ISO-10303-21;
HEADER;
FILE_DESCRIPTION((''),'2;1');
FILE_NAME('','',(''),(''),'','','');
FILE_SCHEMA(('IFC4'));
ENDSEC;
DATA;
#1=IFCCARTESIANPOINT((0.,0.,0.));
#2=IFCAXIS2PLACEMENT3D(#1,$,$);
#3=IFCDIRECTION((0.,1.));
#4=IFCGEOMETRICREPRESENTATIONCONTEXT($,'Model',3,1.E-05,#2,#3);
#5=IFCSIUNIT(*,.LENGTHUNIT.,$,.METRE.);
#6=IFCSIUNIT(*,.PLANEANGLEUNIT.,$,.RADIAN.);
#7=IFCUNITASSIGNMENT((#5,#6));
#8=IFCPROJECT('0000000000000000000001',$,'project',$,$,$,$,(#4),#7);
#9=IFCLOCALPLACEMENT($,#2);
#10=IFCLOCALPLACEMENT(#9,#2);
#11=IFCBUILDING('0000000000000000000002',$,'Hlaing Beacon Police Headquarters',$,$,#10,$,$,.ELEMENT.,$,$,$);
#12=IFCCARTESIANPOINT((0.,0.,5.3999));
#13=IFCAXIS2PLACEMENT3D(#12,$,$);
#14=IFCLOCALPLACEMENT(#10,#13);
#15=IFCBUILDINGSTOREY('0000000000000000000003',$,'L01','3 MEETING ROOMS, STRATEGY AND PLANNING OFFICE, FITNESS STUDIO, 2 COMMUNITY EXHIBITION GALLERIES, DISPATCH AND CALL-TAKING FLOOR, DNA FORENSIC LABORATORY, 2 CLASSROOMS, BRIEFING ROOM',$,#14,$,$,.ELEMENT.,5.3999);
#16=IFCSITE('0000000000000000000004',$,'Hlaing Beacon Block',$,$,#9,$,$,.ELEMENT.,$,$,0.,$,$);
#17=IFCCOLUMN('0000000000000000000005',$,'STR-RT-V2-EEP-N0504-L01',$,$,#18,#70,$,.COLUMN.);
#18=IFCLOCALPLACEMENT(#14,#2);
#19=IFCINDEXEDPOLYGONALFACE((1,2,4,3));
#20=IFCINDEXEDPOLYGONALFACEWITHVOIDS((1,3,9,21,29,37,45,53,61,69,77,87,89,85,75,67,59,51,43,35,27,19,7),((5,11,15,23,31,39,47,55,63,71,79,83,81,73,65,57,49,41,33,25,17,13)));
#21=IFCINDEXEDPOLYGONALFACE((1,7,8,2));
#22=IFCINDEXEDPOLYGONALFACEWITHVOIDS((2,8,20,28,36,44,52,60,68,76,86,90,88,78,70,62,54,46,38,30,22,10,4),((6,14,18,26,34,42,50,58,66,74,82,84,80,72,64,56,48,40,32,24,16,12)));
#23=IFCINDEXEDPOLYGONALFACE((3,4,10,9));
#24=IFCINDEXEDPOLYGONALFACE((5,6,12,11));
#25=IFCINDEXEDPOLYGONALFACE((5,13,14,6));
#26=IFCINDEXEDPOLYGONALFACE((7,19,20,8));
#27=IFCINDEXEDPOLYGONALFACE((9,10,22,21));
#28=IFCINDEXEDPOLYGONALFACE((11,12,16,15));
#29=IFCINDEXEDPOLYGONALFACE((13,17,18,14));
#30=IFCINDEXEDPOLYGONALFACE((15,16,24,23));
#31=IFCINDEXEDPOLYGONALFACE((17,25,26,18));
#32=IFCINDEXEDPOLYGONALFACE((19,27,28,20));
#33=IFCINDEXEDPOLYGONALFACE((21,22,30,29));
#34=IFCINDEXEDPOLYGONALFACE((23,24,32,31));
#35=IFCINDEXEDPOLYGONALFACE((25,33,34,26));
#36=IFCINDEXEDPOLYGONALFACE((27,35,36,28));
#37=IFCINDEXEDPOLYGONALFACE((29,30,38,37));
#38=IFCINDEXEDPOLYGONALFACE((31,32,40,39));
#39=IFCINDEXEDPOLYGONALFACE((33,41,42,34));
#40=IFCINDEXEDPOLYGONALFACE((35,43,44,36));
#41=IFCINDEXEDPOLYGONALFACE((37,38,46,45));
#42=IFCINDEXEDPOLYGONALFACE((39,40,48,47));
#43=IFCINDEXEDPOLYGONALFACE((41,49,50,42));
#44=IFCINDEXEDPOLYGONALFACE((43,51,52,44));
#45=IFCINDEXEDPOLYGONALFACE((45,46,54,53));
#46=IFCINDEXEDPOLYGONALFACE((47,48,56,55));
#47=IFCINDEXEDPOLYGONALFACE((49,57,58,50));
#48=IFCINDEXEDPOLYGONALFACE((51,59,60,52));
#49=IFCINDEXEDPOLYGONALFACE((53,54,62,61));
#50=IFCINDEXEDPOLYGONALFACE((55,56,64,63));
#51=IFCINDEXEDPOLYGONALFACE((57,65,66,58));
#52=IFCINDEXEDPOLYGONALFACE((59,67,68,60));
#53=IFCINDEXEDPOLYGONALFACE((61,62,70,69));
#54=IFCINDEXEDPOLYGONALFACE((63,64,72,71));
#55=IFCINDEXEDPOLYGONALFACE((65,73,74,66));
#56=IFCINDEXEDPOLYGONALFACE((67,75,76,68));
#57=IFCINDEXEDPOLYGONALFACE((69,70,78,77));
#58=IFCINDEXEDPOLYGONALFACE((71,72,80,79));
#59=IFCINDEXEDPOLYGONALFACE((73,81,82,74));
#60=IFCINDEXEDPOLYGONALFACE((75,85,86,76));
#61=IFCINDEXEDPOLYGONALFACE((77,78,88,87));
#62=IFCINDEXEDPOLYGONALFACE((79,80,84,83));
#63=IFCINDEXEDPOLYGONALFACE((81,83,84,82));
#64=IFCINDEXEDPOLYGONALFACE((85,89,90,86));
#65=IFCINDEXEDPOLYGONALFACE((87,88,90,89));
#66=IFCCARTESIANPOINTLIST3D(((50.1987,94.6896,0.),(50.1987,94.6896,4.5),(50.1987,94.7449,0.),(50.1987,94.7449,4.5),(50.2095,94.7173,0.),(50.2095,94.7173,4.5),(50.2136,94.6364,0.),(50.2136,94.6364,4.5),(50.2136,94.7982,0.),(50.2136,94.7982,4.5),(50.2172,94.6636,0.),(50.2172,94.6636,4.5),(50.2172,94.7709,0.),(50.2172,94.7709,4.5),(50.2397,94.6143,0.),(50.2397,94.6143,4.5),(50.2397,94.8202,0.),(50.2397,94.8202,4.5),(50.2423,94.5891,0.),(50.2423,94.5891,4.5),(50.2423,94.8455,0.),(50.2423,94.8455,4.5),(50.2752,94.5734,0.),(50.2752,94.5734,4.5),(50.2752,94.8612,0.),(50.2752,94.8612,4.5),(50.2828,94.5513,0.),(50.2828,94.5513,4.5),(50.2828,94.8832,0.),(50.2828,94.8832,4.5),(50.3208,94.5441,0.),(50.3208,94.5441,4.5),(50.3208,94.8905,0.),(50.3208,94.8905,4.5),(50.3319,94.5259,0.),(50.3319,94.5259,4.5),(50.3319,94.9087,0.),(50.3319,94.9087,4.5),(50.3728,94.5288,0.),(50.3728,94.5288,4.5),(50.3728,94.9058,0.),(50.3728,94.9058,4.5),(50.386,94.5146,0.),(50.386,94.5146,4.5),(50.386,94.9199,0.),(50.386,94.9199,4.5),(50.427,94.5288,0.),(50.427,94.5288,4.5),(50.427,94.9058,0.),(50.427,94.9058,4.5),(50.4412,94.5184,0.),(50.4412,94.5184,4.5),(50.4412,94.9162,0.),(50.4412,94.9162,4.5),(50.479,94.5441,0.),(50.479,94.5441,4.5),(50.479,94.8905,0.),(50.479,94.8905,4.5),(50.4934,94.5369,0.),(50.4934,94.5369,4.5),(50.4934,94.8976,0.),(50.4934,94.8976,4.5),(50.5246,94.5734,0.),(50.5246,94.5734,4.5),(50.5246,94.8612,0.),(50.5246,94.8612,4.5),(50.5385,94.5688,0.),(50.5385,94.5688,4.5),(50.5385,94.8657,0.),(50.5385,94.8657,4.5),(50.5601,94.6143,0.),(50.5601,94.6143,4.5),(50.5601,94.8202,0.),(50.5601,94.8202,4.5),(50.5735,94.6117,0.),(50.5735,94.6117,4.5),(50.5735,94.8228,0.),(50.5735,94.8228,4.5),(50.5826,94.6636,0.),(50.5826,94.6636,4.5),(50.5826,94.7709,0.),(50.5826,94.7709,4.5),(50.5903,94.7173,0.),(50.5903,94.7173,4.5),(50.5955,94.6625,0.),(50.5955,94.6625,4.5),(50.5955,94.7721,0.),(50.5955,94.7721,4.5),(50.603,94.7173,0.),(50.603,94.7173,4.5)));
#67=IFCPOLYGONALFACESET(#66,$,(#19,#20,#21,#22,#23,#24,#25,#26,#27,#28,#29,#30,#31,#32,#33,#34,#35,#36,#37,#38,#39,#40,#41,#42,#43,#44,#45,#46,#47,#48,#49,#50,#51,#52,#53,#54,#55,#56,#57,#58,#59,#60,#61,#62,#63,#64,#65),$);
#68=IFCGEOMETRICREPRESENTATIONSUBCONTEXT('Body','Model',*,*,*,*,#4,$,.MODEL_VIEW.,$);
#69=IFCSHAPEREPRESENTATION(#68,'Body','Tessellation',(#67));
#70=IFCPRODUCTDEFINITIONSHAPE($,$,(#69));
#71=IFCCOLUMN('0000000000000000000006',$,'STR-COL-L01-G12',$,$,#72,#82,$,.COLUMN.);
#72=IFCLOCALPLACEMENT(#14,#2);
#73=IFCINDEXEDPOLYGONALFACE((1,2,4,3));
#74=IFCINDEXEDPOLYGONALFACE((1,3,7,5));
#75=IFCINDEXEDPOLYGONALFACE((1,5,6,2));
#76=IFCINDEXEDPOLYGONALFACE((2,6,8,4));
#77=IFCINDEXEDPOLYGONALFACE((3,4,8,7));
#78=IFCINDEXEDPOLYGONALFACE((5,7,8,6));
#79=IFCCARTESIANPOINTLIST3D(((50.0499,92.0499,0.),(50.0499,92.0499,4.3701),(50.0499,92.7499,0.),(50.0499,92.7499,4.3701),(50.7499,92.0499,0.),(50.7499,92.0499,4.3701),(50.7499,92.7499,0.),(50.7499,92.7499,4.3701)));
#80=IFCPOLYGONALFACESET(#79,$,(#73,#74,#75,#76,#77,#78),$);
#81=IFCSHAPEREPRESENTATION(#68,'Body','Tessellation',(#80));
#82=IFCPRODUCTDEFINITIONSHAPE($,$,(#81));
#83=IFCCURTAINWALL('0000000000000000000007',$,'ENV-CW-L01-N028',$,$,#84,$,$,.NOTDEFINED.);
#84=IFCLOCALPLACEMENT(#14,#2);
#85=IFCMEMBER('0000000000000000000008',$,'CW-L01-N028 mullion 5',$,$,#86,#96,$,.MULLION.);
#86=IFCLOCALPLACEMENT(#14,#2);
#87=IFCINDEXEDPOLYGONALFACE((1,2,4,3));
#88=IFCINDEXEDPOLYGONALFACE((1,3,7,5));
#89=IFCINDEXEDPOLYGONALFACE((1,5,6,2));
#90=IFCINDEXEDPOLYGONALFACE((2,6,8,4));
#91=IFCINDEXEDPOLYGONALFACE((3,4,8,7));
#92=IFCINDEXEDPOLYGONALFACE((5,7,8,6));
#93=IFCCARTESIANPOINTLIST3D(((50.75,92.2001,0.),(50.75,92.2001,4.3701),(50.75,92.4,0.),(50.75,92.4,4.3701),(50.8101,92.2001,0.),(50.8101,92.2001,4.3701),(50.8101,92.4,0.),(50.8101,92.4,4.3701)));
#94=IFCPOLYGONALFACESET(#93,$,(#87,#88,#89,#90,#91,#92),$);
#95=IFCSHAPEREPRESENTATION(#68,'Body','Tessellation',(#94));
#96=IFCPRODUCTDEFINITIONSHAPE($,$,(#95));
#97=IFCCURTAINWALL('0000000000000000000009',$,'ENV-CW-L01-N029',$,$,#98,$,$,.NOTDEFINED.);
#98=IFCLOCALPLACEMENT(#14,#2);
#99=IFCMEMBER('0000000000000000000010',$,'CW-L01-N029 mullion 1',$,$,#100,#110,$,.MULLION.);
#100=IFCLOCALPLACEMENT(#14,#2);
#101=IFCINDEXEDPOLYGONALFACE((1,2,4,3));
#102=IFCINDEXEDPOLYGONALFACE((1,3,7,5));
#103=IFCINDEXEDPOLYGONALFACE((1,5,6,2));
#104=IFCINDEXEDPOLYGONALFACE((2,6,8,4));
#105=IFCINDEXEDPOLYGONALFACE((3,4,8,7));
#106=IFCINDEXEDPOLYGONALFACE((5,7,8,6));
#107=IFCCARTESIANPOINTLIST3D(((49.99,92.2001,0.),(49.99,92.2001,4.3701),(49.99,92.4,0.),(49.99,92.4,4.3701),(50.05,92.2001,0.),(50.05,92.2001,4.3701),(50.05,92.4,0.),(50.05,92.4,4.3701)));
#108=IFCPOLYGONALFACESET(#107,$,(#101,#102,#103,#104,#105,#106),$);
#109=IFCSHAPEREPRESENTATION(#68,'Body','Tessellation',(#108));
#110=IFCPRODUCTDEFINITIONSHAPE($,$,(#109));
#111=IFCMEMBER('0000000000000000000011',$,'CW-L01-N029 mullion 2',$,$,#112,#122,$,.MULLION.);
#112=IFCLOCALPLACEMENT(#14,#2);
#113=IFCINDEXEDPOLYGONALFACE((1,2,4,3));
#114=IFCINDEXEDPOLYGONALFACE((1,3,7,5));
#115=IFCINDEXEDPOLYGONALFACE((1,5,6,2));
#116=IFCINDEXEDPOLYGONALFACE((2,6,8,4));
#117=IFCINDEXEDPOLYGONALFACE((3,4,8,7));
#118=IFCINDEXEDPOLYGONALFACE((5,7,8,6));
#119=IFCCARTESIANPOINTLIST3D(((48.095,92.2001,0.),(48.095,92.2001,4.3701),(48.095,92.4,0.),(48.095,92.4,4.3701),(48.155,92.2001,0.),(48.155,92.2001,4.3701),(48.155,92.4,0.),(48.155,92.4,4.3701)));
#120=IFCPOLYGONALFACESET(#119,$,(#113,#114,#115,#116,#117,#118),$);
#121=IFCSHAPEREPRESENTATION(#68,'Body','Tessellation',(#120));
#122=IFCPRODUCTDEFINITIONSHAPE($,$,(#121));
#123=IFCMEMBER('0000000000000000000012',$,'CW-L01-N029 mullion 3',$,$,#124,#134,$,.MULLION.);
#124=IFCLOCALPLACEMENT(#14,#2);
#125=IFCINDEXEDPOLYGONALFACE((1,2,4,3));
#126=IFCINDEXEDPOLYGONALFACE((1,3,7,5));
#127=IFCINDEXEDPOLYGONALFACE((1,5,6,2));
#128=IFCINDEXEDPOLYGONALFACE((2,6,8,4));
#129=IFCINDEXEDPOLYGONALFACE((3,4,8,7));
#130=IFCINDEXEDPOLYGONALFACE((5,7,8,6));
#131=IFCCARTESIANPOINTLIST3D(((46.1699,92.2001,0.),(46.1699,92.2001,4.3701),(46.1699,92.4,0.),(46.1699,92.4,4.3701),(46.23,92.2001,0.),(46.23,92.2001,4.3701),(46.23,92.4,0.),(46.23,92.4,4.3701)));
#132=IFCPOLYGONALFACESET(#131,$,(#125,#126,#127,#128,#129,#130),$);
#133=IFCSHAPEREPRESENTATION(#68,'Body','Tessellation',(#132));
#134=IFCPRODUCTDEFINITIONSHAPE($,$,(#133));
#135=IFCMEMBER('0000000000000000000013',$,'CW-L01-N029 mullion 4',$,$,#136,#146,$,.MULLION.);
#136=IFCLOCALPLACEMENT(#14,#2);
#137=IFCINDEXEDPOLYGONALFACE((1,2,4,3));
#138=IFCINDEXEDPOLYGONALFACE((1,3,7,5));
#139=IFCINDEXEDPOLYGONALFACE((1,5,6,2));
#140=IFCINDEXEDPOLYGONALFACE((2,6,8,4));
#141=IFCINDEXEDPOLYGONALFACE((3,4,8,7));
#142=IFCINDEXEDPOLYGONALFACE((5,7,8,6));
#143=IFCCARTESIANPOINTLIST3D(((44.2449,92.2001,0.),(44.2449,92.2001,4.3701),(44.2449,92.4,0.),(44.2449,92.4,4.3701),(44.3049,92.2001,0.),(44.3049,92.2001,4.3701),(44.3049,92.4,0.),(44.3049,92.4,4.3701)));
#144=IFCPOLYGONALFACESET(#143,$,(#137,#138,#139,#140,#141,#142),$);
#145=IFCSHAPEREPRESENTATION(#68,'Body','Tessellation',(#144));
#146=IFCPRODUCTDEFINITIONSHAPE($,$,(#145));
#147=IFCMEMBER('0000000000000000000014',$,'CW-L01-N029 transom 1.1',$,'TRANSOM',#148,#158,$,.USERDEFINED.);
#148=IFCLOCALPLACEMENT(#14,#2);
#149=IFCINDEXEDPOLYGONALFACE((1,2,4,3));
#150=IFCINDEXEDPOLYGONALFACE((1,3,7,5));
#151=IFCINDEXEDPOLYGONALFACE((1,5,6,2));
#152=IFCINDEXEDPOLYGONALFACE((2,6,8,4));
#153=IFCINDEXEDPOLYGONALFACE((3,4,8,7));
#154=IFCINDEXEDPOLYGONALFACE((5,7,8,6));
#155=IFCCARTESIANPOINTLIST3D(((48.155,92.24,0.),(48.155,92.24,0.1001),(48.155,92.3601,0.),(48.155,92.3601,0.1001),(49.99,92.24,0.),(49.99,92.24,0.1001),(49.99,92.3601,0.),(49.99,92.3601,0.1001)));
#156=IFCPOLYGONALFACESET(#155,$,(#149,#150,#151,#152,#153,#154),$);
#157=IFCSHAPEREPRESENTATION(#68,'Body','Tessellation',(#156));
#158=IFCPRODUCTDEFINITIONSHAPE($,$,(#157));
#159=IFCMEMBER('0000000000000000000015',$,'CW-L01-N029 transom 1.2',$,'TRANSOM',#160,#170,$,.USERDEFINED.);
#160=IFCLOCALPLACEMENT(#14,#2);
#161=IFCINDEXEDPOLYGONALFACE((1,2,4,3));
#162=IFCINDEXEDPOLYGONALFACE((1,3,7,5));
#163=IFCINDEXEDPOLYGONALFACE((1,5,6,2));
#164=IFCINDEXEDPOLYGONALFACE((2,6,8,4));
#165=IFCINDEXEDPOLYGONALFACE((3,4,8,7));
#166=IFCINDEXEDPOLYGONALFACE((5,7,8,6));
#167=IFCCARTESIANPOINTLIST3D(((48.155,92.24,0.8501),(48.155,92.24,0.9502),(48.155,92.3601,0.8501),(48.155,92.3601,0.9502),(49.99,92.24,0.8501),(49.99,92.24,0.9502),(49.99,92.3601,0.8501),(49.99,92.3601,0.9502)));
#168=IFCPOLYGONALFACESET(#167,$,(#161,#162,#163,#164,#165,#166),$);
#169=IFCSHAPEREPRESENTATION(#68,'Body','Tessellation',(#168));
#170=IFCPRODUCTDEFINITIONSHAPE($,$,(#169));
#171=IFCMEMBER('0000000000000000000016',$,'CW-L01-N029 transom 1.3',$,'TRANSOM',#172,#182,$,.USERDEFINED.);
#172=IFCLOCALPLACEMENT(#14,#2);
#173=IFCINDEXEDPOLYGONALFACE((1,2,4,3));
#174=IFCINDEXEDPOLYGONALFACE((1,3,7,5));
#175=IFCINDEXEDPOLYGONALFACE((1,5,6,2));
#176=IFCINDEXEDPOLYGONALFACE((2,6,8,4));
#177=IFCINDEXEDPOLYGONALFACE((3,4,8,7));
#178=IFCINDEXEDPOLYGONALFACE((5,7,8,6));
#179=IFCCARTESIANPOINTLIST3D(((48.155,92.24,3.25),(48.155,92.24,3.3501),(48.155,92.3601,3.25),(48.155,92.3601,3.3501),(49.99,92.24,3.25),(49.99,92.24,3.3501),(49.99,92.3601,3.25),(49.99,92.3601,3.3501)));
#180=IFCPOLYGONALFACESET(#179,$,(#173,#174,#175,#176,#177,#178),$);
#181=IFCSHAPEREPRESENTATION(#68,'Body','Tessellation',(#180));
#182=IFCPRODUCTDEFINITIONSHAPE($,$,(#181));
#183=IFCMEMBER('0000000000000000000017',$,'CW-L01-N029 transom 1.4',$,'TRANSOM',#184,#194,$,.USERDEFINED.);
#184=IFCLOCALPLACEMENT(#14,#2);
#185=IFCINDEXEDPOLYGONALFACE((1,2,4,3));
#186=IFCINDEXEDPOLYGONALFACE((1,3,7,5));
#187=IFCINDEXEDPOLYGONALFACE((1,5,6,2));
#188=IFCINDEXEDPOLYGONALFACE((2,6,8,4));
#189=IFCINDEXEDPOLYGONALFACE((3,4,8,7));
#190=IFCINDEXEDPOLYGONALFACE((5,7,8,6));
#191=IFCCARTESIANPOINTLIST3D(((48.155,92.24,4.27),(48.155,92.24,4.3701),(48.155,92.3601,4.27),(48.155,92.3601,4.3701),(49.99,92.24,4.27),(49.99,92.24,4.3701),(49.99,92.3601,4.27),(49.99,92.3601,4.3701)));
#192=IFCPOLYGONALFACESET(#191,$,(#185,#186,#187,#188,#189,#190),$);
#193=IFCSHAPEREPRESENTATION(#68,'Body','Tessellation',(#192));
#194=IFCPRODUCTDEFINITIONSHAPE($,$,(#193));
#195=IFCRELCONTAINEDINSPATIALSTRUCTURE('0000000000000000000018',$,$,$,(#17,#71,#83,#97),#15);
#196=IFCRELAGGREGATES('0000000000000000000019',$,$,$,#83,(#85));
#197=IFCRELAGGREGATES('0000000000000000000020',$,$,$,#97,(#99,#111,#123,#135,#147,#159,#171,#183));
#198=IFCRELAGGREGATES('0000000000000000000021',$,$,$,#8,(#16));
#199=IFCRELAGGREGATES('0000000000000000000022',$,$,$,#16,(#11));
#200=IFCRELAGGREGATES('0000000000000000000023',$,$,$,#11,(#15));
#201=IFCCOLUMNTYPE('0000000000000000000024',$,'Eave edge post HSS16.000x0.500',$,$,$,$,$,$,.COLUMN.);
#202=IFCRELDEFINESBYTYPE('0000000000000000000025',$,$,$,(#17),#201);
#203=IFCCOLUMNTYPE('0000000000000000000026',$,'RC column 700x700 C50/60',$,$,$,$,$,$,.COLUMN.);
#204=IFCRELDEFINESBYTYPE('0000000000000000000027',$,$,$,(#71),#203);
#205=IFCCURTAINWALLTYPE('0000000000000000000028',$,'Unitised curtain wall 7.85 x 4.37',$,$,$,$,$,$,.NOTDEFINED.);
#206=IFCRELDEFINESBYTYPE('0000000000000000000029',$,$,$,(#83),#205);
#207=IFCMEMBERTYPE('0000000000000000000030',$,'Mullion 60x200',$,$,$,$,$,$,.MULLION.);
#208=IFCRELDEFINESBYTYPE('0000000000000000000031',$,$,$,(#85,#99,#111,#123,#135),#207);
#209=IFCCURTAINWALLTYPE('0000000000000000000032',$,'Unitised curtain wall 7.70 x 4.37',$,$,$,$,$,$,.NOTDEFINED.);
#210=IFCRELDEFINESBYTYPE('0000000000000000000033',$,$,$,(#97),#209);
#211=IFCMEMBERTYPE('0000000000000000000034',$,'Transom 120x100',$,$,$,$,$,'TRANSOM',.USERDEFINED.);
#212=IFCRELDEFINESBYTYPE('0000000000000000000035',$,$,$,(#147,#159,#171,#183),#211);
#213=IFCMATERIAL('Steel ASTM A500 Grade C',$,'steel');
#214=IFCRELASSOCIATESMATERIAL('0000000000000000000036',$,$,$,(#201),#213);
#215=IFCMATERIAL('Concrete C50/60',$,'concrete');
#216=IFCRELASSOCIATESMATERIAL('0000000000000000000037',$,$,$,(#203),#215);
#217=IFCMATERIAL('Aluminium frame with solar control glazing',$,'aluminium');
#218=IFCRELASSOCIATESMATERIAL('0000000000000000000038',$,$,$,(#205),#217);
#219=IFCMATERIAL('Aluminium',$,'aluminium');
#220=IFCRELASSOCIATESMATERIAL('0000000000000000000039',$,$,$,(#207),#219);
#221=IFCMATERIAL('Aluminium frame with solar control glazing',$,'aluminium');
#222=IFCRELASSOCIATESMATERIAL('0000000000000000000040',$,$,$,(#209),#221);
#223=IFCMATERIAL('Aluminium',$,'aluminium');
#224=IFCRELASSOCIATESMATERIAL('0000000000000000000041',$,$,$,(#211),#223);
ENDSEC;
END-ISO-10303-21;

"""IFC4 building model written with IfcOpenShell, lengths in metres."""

from ifc_helpers import new_model, si_unit, direction, frame, origin, origin_2d, place, context, subcontext, project, spatial, rectangle, hollow_circle, extrude, material, material_profile, profile_set, type_object, element, aggregate, save


model = new_model("IFC4")

# Units and contexts
model_context = context("Model", 3, precision=1e-05, world=origin(), true_north=direction((0.0, 1.0)))
body_context = subcontext(model_context, "Body", "Model", "MODEL_VIEW")
ifc_project = project(units=[si_unit("LENGTHUNIT", "METRE"), si_unit("PLANEANGLEUNIT", "RADIAN")], contexts=[model_context])

# Site, building, storey
site_placement = place(None, origin())
site = spatial("IfcSite", under=ifc_project, at=site_placement, Name="Hlaing Beacon Block", CompositionType="ELEMENT", RefElevation=0.0)
building_placement = place(site_placement, origin())
building = spatial("IfcBuilding", under=site, at=building_placement, Name="Hlaing Beacon Police Headquarters", CompositionType="ELEMENT")
storey_placement = place(building_placement, frame((0.0, 0.0, 5.3999)))
storey = spatial("IfcBuildingStorey", under=building, at=storey_placement, Name="L01", Description="3 MEETING ROOMS, STRATEGY AND PLANNING OFFICE, FITNESS STUDIO, 2 COMMUNITY EXHIBITION GALLERIES, DISPATCH AND CALL-TAKING FLOOR, DNA FORENSIC LABORATORY, 2 CLASSROOMS, BRIEFING ROOM", CompositionType="ELEMENT", Elevation=5.3999)

# Columns
ifc_material_1 = material(Name="Steel ASTM A500 Grade C", Category="steel")
ifc_material_profile_1 = material_profile(ifc_material_1, hollow_circle(Radius=0.2031, WallThickness=0.0127, at=origin_2d()), Name="HSS16.000x0.500")
ifc_profile_set_1 = profile_set([ifc_material_profile_1], Name="Steel ASTM A500 Grade C")
column_type_1 = type_object("IfcColumnType", Name="Eave edge post HSS16.000x0.500", PredefinedType="COLUMN", material=ifc_profile_set_1)
column_1_placement = place(storey_placement, frame((50.3999, 94.7173, 0.0), z_axis=(0.0, 0.0, 1.0), x_axis=(1.0, 0.0, 0.0)))
element("IfcColumn", 1, at=column_1_placement, inside=storey, type_object=column_type_1, Name="STR-RT-V2-EEP-N0504-L01", PredefinedType="COLUMN", context=body_context, shape_type="SweptSolid", body=[
    extrude(hollow_circle(Radius=0.2031, WallThickness=0.0127, at=origin_2d()), origin(), (0.0, 0.0, 1.0), 4.5),
])
ifc_material_2 = material(Name="Concrete C50/60", Category="concrete")
ifc_material_profile_2 = material_profile(ifc_material_2, rectangle(XDim=0.7, YDim=0.7, at=origin_2d()), Name="700x700")
ifc_profile_set_2 = profile_set([ifc_material_profile_2], Name="Concrete C50/60")
column_type_2 = type_object("IfcColumnType", Name="RC column 700x700 C50/60", PredefinedType="COLUMN", material=ifc_profile_set_2)
column_2_placement = place(storey_placement, frame((50.3999, 92.3999, 0.0), z_axis=(0.0, 0.0, 1.0), x_axis=(1.0, 0.0, 0.0)))
element("IfcColumn", 2, at=column_2_placement, inside=storey, type_object=column_type_2, Name="STR-COL-L01-G12", PredefinedType="COLUMN", context=body_context, shape_type="SweptSolid", body=[
    extrude(rectangle(XDim=0.7, YDim=0.7, at=origin_2d()), origin(), (0.0, 0.0, 1.0), 4.3701),
])

# Curtain wall, member
ifc_material_3 = material(Name="Aluminium frame with solar control glazing", Category="aluminium")
curtain_wall_type_1 = type_object("IfcCurtainWallType", Name="Unitised curtain wall 7.85 x 4.37", PredefinedType="NOTDEFINED", material=ifc_material_3)
curtain_wall_1_placement = place(storey_placement, origin())
curtain_wall_1 = element("IfcCurtainWall", 3, at=curtain_wall_1_placement, inside=storey, type_object=curtain_wall_type_1, Name="ENV-CW-L01-N028", PredefinedType="NOTDEFINED")
ifc_material_4 = material(Name="Aluminium", Category="aluminium")
ifc_material_profile_3 = material_profile(ifc_material_4, rectangle(XDim=0.2, YDim=0.0601, at=origin_2d()), Name="Mullion 60x200")
ifc_profile_set_3 = profile_set([ifc_material_profile_3], Name="Aluminium")
member_type_1 = type_object("IfcMemberType", Name="Mullion 60x200", PredefinedType="MULLION", material=ifc_profile_set_3)
member_1_placement = place(storey_placement, frame((50.78, 92.3, 0.0), z_axis=(0.0, 0.0, 1.0), x_axis=(0.0, -1.0, 0.0)))
member_1 = element("IfcMember", 4, at=member_1_placement, type_object=member_type_1, Name="CW-L01-N028 mullion 5", PredefinedType="MULLION", context=body_context, shape_type="SweptSolid", body=[
    extrude(rectangle(XDim=0.2, YDim=0.0601, at=origin_2d()), origin(), (0.0, 0.0, 1.0), 4.3701),
])

# Curtain wall, members
ifc_material_5 = material(Name="Aluminium frame with solar control glazing", Category="aluminium")
curtain_wall_type_2 = type_object("IfcCurtainWallType", Name="Unitised curtain wall 7.70 x 4.37", PredefinedType="NOTDEFINED", material=ifc_material_5)
curtain_wall_2_placement = place(storey_placement, origin())
curtain_wall_2 = element("IfcCurtainWall", 5, at=curtain_wall_2_placement, inside=storey, type_object=curtain_wall_type_2, Name="ENV-CW-L01-N029", PredefinedType="NOTDEFINED")
member_2_placement = place(storey_placement, frame((50.02, 92.3, 0.0), z_axis=(0.0, 0.0, 1.0), x_axis=(0.0, -1.0, 0.0)))
member_2 = element("IfcMember", 6, at=member_2_placement, type_object=member_type_1, Name="CW-L01-N029 mullion 1", PredefinedType="MULLION", context=body_context, shape_type="SweptSolid", body=[
    extrude(rectangle(XDim=0.2, YDim=0.0601, at=origin_2d()), origin(), (0.0, 0.0, 1.0), 4.3701),
])
member_3_placement = place(storey_placement, frame((48.125, 92.3, 0.0), z_axis=(0.0, 0.0, 1.0), x_axis=(0.0, -1.0, 0.0)))
member_3 = element("IfcMember", 7, at=member_3_placement, type_object=member_type_1, Name="CW-L01-N029 mullion 2", PredefinedType="MULLION", context=body_context, shape_type="SweptSolid", body=[
    extrude(rectangle(XDim=0.2, YDim=0.0601, at=origin_2d()), origin(), (0.0, 0.0, 1.0), 4.3701),
])
member_4_placement = place(storey_placement, frame((46.2, 92.3, 0.0), z_axis=(0.0, 0.0, 1.0), x_axis=(0.0, -1.0, 0.0)))
member_4 = element("IfcMember", 8, at=member_4_placement, type_object=member_type_1, Name="CW-L01-N029 mullion 3", PredefinedType="MULLION", context=body_context, shape_type="SweptSolid", body=[
    extrude(rectangle(XDim=0.2, YDim=0.0601, at=origin_2d()), origin(), (0.0, 0.0, 1.0), 4.3701),
])
member_5_placement = place(storey_placement, frame((44.2749, 92.3, 0.0), z_axis=(0.0, 0.0, 1.0), x_axis=(0.0, -1.0, 0.0)))
member_5 = element("IfcMember", 9, at=member_5_placement, type_object=member_type_1, Name="CW-L01-N029 mullion 4", PredefinedType="MULLION", context=body_context, shape_type="SweptSolid", body=[
    extrude(rectangle(XDim=0.2, YDim=0.0601, at=origin_2d()), origin(), (0.0, 0.0, 1.0), 4.3701),
])
ifc_material_6 = material(Name="Aluminium", Category="aluminium")
ifc_material_profile_4 = material_profile(ifc_material_6, rectangle(XDim=0.1201, YDim=0.1001, at=origin_2d()), Name="Transom 120x100")
ifc_profile_set_4 = profile_set([ifc_material_profile_4], Name="Aluminium")
member_type_2 = type_object("IfcMemberType", Name="Transom 120x100", ElementType="TRANSOM", PredefinedType="USERDEFINED", material=ifc_profile_set_4)
member_6_placement = place(storey_placement, frame((49.99, 92.3, 0.05), z_axis=(-1.0, 0.0, 0.0), x_axis=(0.0, -1.0, 0.0)))
member_6 = element("IfcMember", 10, at=member_6_placement, type_object=member_type_2, Name="CW-L01-N029 transom 1.1", ObjectType="TRANSOM", PredefinedType="USERDEFINED", context=body_context, shape_type="SweptSolid", body=[
    extrude(rectangle(XDim=0.1201, YDim=0.1001, at=origin_2d()), origin(), (0.0, 0.0, 1.0), 1.835),
])
member_7_placement = place(storey_placement, frame((49.99, 92.3, 0.9001), z_axis=(-1.0, 0.0, 0.0), x_axis=(0.0, -1.0, 0.0)))
member_7 = element("IfcMember", 11, at=member_7_placement, type_object=member_type_2, Name="CW-L01-N029 transom 1.2", ObjectType="TRANSOM", PredefinedType="USERDEFINED", context=body_context, shape_type="SweptSolid", body=[
    extrude(rectangle(XDim=0.1201, YDim=0.1001, at=origin_2d()), origin(), (0.0, 0.0, 1.0), 1.835),
])
member_8_placement = place(storey_placement, frame((49.99, 92.3, 3.3), z_axis=(-1.0, 0.0, 0.0), x_axis=(0.0, -1.0, 0.0)))
member_8 = element("IfcMember", 12, at=member_8_placement, type_object=member_type_2, Name="CW-L01-N029 transom 1.3", ObjectType="TRANSOM", PredefinedType="USERDEFINED", context=body_context, shape_type="SweptSolid", body=[
    extrude(rectangle(XDim=0.1201, YDim=0.1001, at=origin_2d()), origin(), (0.0, 0.0, 1.0), 1.835),
])
member_9_placement = place(storey_placement, frame((49.99, 92.3, 4.3201), z_axis=(-1.0, 0.0, 0.0), x_axis=(0.0, -1.0, 0.0)))
member_9 = element("IfcMember", 13, at=member_9_placement, type_object=member_type_2, Name="CW-L01-N029 transom 1.4", ObjectType="TRANSOM", PredefinedType="USERDEFINED", context=body_context, shape_type="SweptSolid", body=[
    extrude(rectangle(XDim=0.1201, YDim=0.1001, at=origin_2d()), origin(), (0.0, 0.0, 1.0), 1.835),
])

aggregate(curtain_wall_1, [member_1])
aggregate(curtain_wall_2, [member_2, member_3, member_4, member_5, member_6, member_7, member_8, member_9])

save(model, "model.ifc")
